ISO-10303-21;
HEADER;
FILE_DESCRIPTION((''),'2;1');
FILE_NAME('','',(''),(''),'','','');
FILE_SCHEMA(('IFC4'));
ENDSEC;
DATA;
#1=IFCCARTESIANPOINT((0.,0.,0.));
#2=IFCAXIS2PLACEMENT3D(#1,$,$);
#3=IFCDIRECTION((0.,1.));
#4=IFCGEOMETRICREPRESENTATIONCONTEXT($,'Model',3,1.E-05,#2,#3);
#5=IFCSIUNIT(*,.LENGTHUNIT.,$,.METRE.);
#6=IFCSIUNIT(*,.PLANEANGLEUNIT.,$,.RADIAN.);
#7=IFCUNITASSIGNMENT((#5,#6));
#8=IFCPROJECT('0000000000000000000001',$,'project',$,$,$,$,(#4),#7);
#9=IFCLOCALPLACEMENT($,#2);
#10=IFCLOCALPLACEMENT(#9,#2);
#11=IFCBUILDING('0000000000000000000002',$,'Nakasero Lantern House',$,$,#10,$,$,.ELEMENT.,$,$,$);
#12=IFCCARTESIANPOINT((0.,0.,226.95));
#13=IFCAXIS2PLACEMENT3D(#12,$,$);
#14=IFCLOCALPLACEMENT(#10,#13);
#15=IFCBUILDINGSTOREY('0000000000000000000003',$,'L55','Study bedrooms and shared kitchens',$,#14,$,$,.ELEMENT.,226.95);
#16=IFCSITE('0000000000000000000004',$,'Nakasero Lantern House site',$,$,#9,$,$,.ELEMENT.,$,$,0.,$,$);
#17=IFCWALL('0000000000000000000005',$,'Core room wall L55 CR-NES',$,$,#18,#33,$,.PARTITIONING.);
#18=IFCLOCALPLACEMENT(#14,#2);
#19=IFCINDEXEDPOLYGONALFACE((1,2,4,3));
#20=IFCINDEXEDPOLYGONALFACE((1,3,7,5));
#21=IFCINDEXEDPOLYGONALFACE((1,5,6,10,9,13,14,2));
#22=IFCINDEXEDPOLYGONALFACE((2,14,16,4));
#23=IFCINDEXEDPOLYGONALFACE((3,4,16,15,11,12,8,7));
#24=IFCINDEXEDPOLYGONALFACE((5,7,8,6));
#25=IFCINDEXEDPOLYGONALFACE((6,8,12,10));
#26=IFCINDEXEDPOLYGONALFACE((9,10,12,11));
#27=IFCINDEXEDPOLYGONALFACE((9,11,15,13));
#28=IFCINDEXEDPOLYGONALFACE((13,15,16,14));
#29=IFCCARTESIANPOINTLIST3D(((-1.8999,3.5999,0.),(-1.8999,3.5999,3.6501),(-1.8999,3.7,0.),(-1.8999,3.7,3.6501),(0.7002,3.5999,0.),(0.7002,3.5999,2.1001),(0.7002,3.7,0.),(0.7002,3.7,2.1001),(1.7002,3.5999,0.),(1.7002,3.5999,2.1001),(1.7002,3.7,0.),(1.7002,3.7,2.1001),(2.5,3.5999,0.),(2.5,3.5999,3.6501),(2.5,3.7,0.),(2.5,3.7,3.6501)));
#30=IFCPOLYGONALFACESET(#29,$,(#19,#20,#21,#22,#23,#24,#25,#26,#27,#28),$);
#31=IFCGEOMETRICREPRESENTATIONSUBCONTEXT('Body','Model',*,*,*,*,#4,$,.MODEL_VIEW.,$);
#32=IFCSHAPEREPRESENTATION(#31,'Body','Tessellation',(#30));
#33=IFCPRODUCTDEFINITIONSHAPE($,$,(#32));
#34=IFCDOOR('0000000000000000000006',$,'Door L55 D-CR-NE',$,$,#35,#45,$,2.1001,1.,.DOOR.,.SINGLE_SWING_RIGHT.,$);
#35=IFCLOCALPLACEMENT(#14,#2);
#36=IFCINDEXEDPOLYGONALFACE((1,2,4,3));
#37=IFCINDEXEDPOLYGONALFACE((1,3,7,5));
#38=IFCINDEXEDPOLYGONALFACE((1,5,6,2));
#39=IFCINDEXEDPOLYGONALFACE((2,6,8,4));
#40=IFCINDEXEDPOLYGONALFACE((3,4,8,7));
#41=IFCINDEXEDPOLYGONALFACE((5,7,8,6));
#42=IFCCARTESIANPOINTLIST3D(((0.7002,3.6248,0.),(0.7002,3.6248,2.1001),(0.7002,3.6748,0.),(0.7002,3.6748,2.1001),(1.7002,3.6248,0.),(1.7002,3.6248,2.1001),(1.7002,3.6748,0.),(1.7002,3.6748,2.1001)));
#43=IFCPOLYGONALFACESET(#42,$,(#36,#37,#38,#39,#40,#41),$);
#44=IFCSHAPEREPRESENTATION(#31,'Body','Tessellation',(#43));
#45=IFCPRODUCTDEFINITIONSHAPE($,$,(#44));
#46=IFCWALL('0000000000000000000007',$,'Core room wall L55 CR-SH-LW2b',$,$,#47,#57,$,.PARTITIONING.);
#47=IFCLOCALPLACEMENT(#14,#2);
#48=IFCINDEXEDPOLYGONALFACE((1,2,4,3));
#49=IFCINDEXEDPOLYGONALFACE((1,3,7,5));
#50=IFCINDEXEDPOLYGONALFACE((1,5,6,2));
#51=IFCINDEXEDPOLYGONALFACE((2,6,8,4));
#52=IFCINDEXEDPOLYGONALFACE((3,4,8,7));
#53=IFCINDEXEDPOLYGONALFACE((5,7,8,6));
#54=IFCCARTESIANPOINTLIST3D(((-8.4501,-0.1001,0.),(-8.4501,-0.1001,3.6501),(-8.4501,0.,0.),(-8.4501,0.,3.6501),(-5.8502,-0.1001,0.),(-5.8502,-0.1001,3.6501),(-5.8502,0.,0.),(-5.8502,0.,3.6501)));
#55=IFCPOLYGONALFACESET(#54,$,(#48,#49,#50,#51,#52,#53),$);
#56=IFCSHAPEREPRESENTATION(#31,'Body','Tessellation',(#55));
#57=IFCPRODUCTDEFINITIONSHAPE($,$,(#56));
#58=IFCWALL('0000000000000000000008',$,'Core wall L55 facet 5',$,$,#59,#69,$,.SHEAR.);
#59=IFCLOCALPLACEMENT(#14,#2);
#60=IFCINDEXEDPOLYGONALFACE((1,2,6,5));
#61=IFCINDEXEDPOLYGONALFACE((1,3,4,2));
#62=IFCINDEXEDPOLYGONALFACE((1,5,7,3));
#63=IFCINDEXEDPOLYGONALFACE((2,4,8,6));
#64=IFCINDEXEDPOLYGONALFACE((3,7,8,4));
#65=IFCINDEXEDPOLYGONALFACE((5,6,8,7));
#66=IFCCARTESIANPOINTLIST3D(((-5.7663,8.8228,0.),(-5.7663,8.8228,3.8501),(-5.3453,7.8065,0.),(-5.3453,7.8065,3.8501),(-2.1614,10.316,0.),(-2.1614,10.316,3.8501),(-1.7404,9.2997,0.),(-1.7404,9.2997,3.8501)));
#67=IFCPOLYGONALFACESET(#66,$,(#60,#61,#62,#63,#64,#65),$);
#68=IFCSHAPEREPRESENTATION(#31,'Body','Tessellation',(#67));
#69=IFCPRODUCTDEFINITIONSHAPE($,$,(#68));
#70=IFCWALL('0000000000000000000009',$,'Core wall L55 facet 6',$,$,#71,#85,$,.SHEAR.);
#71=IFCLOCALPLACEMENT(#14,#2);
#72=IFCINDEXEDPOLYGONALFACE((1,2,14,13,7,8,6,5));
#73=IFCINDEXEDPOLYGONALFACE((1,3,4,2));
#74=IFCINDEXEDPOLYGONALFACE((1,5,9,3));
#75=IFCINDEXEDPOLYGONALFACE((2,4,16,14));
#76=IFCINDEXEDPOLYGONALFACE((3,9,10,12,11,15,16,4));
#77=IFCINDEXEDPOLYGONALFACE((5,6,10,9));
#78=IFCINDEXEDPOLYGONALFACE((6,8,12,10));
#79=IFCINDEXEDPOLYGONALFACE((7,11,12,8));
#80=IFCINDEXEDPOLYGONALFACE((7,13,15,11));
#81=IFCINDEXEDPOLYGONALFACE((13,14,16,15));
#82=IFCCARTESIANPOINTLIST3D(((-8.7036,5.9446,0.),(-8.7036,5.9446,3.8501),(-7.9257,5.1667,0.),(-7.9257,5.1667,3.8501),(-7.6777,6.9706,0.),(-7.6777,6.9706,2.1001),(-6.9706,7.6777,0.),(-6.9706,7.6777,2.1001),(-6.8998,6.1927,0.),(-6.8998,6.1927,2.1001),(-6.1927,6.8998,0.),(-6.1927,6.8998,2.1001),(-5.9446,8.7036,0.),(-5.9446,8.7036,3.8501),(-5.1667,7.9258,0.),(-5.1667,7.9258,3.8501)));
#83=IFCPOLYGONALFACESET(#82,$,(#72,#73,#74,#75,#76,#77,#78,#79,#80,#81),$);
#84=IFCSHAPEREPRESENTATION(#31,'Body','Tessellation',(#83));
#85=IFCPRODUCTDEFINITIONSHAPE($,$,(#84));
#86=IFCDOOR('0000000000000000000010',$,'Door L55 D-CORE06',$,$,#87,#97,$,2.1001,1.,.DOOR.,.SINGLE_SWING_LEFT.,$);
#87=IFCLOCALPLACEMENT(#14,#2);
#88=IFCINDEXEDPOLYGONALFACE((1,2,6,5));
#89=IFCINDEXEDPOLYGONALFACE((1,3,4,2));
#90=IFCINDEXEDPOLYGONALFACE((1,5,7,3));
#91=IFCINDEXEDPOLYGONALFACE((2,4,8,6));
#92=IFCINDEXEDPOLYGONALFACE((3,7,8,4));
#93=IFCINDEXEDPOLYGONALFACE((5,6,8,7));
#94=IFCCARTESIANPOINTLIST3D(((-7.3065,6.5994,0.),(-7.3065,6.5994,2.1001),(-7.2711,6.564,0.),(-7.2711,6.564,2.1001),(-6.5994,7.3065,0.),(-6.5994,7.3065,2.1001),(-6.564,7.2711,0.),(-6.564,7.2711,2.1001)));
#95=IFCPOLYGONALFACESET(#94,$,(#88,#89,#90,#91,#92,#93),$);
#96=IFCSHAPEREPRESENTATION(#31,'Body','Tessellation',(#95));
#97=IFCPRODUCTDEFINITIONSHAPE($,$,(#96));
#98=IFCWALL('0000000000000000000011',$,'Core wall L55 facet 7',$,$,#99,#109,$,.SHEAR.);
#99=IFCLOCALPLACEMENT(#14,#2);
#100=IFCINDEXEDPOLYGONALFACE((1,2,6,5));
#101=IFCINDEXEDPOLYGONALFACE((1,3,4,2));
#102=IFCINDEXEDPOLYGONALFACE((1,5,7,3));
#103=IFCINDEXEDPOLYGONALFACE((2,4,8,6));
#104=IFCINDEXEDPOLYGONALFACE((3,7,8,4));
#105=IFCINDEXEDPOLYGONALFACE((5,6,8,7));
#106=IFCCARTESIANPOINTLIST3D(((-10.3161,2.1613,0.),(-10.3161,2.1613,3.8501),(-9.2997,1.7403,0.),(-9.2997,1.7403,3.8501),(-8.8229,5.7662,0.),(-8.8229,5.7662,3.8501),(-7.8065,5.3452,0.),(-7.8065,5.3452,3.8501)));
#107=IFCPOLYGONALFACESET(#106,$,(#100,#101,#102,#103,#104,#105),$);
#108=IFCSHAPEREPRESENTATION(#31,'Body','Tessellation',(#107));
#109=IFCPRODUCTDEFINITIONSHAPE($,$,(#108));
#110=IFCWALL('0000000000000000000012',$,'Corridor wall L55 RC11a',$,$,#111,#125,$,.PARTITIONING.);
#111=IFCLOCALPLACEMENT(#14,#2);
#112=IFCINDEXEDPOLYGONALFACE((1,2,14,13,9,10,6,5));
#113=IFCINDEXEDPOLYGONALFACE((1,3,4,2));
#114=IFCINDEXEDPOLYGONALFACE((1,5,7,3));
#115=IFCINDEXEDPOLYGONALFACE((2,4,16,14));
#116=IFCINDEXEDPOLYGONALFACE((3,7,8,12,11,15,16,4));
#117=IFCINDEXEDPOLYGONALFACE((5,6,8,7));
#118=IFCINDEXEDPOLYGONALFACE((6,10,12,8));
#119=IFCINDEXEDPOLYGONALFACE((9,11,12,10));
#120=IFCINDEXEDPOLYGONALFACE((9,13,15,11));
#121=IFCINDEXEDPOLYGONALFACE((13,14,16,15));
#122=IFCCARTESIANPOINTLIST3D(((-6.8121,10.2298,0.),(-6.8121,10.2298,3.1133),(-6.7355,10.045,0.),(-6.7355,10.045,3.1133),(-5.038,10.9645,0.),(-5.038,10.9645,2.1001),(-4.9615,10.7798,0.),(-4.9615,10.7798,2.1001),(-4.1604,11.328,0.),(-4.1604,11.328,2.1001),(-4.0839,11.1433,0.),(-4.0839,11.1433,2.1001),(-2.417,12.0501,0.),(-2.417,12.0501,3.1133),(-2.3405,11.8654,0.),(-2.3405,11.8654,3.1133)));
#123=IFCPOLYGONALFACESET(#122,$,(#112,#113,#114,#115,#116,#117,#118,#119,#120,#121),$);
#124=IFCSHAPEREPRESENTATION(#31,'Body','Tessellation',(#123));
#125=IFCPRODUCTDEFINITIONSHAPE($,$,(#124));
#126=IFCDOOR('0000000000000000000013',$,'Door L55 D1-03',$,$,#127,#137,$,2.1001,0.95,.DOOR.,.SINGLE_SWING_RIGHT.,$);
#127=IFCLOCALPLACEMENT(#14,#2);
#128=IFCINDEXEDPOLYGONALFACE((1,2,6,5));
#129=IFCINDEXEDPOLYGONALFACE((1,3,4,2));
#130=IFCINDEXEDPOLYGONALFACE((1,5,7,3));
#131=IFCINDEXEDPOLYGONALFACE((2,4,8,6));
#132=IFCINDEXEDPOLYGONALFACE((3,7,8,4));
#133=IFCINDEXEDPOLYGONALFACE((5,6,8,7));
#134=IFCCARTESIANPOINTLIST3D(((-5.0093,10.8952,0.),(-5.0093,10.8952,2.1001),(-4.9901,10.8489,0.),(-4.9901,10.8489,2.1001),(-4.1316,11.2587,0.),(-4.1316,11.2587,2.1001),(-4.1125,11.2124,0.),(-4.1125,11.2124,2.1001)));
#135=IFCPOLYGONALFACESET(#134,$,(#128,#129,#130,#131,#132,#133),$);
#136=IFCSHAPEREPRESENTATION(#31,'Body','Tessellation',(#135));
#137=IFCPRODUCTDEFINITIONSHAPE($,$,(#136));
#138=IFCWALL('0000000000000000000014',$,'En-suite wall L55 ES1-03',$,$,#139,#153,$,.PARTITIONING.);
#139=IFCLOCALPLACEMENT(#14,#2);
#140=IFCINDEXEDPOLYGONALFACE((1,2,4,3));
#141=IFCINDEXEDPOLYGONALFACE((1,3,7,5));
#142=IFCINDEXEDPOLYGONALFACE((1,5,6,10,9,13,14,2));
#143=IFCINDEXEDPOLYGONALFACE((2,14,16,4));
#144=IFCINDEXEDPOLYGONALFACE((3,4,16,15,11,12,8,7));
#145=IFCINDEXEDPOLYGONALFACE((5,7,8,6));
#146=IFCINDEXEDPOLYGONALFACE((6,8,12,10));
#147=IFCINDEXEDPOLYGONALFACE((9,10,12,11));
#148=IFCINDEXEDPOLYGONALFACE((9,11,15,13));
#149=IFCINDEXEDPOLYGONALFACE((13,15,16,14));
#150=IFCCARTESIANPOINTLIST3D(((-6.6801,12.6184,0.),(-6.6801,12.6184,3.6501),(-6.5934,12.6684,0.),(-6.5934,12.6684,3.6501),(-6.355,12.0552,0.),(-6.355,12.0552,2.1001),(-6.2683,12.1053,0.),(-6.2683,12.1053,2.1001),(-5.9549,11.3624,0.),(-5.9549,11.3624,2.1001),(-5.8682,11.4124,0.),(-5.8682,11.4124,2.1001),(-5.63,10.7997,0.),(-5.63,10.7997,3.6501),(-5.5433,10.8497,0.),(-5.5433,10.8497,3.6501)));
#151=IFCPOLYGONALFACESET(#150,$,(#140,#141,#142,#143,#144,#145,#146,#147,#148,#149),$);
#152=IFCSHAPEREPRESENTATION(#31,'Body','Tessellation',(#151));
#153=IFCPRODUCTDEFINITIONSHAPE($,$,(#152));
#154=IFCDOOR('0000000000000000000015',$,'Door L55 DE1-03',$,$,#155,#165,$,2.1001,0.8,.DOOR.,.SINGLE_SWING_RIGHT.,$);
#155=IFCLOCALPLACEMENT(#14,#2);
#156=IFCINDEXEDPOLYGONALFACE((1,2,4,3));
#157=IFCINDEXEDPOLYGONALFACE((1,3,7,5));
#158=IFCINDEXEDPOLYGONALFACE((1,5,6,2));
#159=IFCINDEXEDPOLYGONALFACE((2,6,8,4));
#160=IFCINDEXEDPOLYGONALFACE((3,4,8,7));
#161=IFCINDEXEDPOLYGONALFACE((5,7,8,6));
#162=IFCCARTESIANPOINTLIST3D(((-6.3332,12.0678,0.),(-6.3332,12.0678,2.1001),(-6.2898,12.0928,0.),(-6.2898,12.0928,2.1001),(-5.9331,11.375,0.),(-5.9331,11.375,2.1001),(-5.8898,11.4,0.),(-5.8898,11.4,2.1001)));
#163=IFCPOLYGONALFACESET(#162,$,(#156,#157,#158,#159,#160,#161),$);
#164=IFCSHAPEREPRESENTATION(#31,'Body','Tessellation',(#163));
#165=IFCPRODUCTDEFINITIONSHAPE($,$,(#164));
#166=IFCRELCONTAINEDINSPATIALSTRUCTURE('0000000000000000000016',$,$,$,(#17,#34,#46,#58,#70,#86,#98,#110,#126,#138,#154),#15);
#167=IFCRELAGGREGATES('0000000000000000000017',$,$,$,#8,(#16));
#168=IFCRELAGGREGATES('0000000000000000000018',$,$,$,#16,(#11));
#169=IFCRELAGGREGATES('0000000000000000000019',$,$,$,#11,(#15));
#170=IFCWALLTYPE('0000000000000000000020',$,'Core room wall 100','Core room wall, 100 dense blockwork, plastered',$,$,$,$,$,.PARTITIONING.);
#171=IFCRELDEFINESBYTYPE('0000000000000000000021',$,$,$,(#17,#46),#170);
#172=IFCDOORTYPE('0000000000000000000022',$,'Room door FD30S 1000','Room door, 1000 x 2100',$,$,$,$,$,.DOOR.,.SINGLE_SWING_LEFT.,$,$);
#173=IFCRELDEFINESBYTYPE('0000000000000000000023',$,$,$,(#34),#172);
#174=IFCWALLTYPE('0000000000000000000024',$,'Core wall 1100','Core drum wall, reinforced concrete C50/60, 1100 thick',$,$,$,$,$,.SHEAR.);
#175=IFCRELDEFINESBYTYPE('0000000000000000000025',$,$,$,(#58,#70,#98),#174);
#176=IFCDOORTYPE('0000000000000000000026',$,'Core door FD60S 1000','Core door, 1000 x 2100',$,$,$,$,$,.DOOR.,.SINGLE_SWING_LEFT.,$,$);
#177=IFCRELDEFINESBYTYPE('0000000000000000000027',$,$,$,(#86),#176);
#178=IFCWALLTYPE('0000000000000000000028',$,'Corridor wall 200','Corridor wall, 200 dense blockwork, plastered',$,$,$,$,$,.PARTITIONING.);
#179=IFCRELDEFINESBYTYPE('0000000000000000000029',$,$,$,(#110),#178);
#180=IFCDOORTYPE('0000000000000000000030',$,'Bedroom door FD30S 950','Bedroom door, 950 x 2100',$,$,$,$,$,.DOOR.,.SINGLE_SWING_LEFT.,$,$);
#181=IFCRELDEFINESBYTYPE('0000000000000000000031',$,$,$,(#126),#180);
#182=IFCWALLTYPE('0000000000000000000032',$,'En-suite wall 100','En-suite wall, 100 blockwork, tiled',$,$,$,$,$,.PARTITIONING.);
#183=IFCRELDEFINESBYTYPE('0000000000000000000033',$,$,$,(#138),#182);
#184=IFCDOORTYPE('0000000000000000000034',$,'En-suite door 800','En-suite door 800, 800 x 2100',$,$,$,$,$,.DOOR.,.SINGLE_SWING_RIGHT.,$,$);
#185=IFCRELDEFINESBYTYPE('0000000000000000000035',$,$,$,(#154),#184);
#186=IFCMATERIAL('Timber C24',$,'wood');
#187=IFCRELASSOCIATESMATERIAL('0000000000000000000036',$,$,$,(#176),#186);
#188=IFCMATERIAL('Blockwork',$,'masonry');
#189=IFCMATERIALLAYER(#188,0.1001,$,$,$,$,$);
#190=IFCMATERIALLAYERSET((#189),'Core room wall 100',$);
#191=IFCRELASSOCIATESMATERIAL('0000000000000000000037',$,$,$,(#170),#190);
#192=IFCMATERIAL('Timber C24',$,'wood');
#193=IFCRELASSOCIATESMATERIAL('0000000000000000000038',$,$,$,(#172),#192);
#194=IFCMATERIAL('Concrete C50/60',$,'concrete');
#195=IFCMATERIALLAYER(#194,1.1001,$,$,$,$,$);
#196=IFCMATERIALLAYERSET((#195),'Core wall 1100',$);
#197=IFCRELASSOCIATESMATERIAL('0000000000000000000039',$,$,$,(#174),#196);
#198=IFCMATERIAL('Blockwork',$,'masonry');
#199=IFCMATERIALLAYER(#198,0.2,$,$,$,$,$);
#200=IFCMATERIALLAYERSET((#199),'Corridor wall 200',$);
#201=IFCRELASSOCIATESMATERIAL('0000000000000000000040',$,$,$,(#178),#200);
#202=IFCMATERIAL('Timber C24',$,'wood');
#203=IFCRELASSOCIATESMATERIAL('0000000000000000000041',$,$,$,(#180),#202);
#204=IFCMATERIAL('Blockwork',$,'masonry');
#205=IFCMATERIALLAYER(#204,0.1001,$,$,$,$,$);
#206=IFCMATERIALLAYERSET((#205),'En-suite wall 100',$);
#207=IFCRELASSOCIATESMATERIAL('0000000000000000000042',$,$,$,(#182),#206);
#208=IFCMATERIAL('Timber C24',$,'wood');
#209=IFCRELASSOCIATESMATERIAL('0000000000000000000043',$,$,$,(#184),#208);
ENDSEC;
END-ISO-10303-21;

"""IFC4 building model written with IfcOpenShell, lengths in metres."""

from ifc_helpers import new_model, si_unit, direction, frame, frame_2d, origin, place, context, subcontext, project, spatial, rectangle, extrude, material, layer, layer_set, type_object, element, fill, save


model = new_model("IFC4")

# Units and contexts
model_context = context("Model", 3, precision=1e-05, world=origin(), true_north=direction((0.0, 1.0)))
body_context = subcontext(model_context, "Body", "Model", "MODEL_VIEW")
ifc_project = project(units=[si_unit("LENGTHUNIT", "METRE"), si_unit("PLANEANGLEUNIT", "RADIAN")], contexts=[model_context])

# Site, building, storey
site_placement = place(None, origin())
site = spatial("IfcSite", under=ifc_project, at=site_placement, Name="Nakasero Lantern House site", CompositionType="ELEMENT", RefElevation=0.0)
building_placement = place(site_placement, origin())
building = spatial("IfcBuilding", under=site, at=building_placement, Name="Nakasero Lantern House", CompositionType="ELEMENT")
storey_placement = place(building_placement, frame((0.0, 0.0, 226.95)))
storey = spatial("IfcBuildingStorey", under=building, at=storey_placement, Name="L55", Description="Study bedrooms and shared kitchens", CompositionType="ELEMENT", Elevation=226.95)

# Shared definitions
ifc_material_1 = material(Name="Timber C24", Category="wood")
door_type_1 = type_object("IfcDoorType", Name="Core door FD60S 1000", Description="Core door, 1000 x 2100", OperationType="SINGLE_SWING_LEFT", PredefinedType="DOOR", material=ifc_material_1)

# Wall, opening, door
ifc_material_2 = material(Name="Blockwork", Category="masonry")
ifc_layer_1 = layer(ifc_material_2, 0.1001)
ifc_layer_set_1 = layer_set([ifc_layer_1], Name="Core room wall 100")
wall_type_1 = type_object("IfcWallType", Name="Core room wall 100", Description="Core room wall, 100 dense blockwork, plastered", PredefinedType="PARTITIONING", material=ifc_layer_set_1)
wall_1_placement = place(storey_placement, frame((-1.8999, 3.6499, 0.0), z_axis=(0.0, 0.0, 1.0), x_axis=(1.0, 0.0, 0.0)))
wall_1 = element("IfcWall", 1, at=wall_1_placement, inside=storey, type_object=wall_type_1, Name="Core room wall L55 CR-NES", PredefinedType="PARTITIONING", context=body_context, shape_type="SweptSolid", body=[
    extrude(rectangle(XDim=4.3999, YDim=0.1001, at=frame_2d((2.2, 0.0))), origin(), (0.0, 0.0, 1.0), 3.6501),
])
opening_1_placement = place(wall_1_placement, frame((2.6001, 0.0, 0.0)))
opening_1 = element("IfcOpeningElement", 2, at=opening_1_placement, cuts=wall_1, PredefinedType="OPENING", context=body_context, shape_type="SweptSolid", body=[
    extrude(rectangle(XDim=1.0, YDim=2.1001, at=frame_2d((0.5, 1.05))), frame((0.0, 0.0701, 0.0), z_axis=(0.0, -1.0, 0.0), x_axis=(1.0, 0.0, 0.0)), (0.0, 0.0, 1.0), 0.1401),
])
ifc_material_3 = material(Name="Timber C24", Category="wood")
door_type_2 = type_object("IfcDoorType", Name="Room door FD30S 1000", Description="Room door, 1000 x 2100", OperationType="SINGLE_SWING_LEFT", PredefinedType="DOOR", material=ifc_material_3)
door_1_placement = place(opening_1_placement, origin())
door_1 = element("IfcDoor", 3, at=door_1_placement, inside=storey, type_object=door_type_2, Name="Door L55 D-CR-NE", OperationType="SINGLE_SWING_RIGHT", OverallHeight=2.1001, OverallWidth=1.0, PredefinedType="DOOR", context=body_context, shape_type="SweptSolid", body=[
    extrude(rectangle(XDim=1.0, YDim=2.1001, at=frame_2d((0.5, 1.05))), frame((0.0, 0.0249, 0.0), z_axis=(0.0, -1.0, 0.0), x_axis=(1.0, 0.0, 0.0)), (0.0, 0.0, 1.0), 0.05),
])
fill(opening_1, door_1)

# Walls
wall_2_placement = place(storey_placement, frame((-8.45, -0.05, 0.0), z_axis=(0.0, 0.0, 1.0), x_axis=(1.0, 0.0, 0.0)))
element("IfcWall", 4, at=wall_2_placement, inside=storey, type_object=wall_type_1, Name="Core room wall L55 CR-SH-LW2b", PredefinedType="PARTITIONING", context=body_context, shape_type="SweptSolid", body=[
    extrude(rectangle(XDim=2.5999, YDim=0.1001, at=frame_2d((1.2998, 0.0))), origin(), (0.0, 0.0, 1.0), 3.6501),
])
ifc_material_4 = material(Name="Concrete C50/60", Category="concrete")
ifc_layer_2 = layer(ifc_material_4, 1.1001)
ifc_layer_set_2 = layer_set([ifc_layer_2], Name="Core wall 1100")
wall_type_2 = type_object("IfcWallType", Name="Core wall 1100", Description="Core drum wall, reinforced concrete C50/60, 1100 thick", PredefinedType="SHEAR", material=ifc_layer_set_2)
wall_3_placement = place(storey_placement, frame((-1.9509, 9.8079, 0.0), z_axis=(0.0, 0.0, 1.0), x_axis=(-0.923877, -0.382691, 0.0)))
element("IfcWall", 5, at=wall_3_placement, inside=storey, type_object=wall_type_2, Name="Core wall L55 facet 5", PredefinedType="SHEAR", context=body_context, shape_type="SweptSolid", body=[
    extrude(rectangle(XDim=3.9019, YDim=1.1001, at=frame_2d((1.9509, 0.0))), origin(), (0.0, 0.0, 1.0), 3.8501),
])

# Wall, opening, door
wall_4_placement = place(storey_placement, frame((-5.5557, 8.3147, 0.0), z_axis=(0.0, 0.0, 1.0), x_axis=(-0.707107, -0.707107, 0.0)))
wall_4 = element("IfcWall", 6, at=wall_4_placement, inside=storey, type_object=wall_type_2, Name="Core wall L55 facet 6", PredefinedType="SHEAR", context=body_context, shape_type="SweptSolid", body=[
    extrude(rectangle(XDim=3.9019, YDim=1.1001, at=frame_2d((1.9509, 0.0))), origin(), (0.0, 0.0, 1.0), 3.8501),
])
opening_2_placement = place(wall_4_placement, frame((1.4509, 0.0, 0.0)))
opening_2 = element("IfcOpeningElement", 7, at=opening_2_placement, cuts=wall_4, PredefinedType="OPENING", context=body_context, shape_type="SweptSolid", body=[
    extrude(rectangle(XDim=1.0, YDim=2.1001, at=frame_2d((0.5, 1.05))), frame((0.0, 0.5701, 0.0), z_axis=(0.0, -1.0, 0.0), x_axis=(1.0, 0.0, 0.0)), (0.0, 0.0, 1.0), 1.1401),
])
door_2_placement = place(opening_2_placement, origin())
door_2 = element("IfcDoor", 8, at=door_2_placement, inside=storey, type_object=door_type_1, Name="Door L55 D-CORE06", OperationType="SINGLE_SWING_LEFT", OverallHeight=2.1001, OverallWidth=1.0, PredefinedType="DOOR", context=body_context, shape_type="SweptSolid", body=[
    extrude(rectangle(XDim=1.0, YDim=2.1001, at=frame_2d((0.5, 1.05))), frame((0.0, 0.0249, 0.0), z_axis=(0.0, -1.0, 0.0), x_axis=(1.0, 0.0, 0.0)), (0.0, 0.0, 1.0), 0.05),
])
fill(opening_2, door_2)

# Wall
wall_5_placement = place(storey_placement, frame((-8.3147, 5.5557, 0.0), z_axis=(0.0, 0.0, 1.0), x_axis=(-0.382691, -0.923877, 0.0)))
element("IfcWall", 9, at=wall_5_placement, inside=storey, type_object=wall_type_2, Name="Core wall L55 facet 7", PredefinedType="SHEAR", context=body_context, shape_type="SweptSolid", body=[
    extrude(rectangle(XDim=3.9019, YDim=1.1001, at=frame_2d((1.9509, 0.0))), origin(), (0.0, 0.0, 1.0), 3.8501),
])

# Walls, openings, doors
ifc_material_5 = material(Name="Blockwork", Category="masonry")
ifc_layer_3 = layer(ifc_material_5, 0.2)
ifc_layer_set_3 = layer_set([ifc_layer_3], Name="Corridor wall 200")
wall_type_3 = type_object("IfcWallType", Name="Corridor wall 200", Description="Corridor wall, 200 dense blockwork, plastered", PredefinedType="PARTITIONING", material=ifc_layer_set_3)
wall_6_placement = place(storey_placement, frame((-6.7737, 10.1375, 0.0), z_axis=(0.0, 0.0, 1.0), x_axis=(0.923892, 0.382654, 0.0)))
wall_6 = element("IfcWall", 10, at=wall_6_placement, inside=storey, type_object=wall_type_3, Name="Corridor wall L55 RC11a", PredefinedType="PARTITIONING", context=body_context, shape_type="SweptSolid", body=[
    extrude(rectangle(XDim=4.7571, YDim=0.2, at=frame_2d((2.3784, 0.0))), origin(), (0.0, 0.0, 1.0), 3.1133),
])
opening_3_placement = place(wall_6_placement, frame((1.9199, 0.0, 0.0)))
opening_3 = element("IfcOpeningElement", 11, at=opening_3_placement, cuts=wall_6, PredefinedType="OPENING", context=body_context, shape_type="SweptSolid", body=[
    extrude(rectangle(XDim=0.95, YDim=2.1001, at=frame_2d((0.4751, 1.05))), frame((0.0, 0.1199, 0.0), z_axis=(0.0, -1.0, 0.0), x_axis=(1.0, 0.0, 0.0)), (0.0, 0.0, 1.0), 0.24),
])
ifc_material_6 = material(Name="Timber C24", Category="wood")
door_type_3 = type_object("IfcDoorType", Name="Bedroom door FD30S 950", Description="Bedroom door, 950 x 2100", OperationType="SINGLE_SWING_LEFT", PredefinedType="DOOR", material=ifc_material_6)
door_3_placement = place(opening_3_placement, origin())
door_3 = element("IfcDoor", 12, at=door_3_placement, inside=storey, type_object=door_type_3, Name="Door L55 D1-03", OperationType="SINGLE_SWING_RIGHT", OverallHeight=2.1001, OverallWidth=0.95, PredefinedType="DOOR", context=body_context, shape_type="SweptSolid", body=[
    extrude(rectangle(XDim=0.95, YDim=2.1001, at=frame_2d((0.4751, 1.05))), frame((0.0, 0.0249, 0.0), z_axis=(0.0, -1.0, 0.0), x_axis=(1.0, 0.0, 0.0)), (0.0, 0.0, 1.0), 0.05),
])
fill(opening_3, door_3)
ifc_material_7 = material(Name="Blockwork", Category="masonry")
ifc_layer_4 = layer(ifc_material_7, 0.1001)
ifc_layer_set_4 = layer_set([ifc_layer_4], Name="En-suite wall 100")
wall_type_4 = type_object("IfcWallType", Name="En-suite wall 100", Description="En-suite wall, 100 blockwork, tiled", PredefinedType="PARTITIONING", material=ifc_layer_set_4)
wall_7_placement = place(storey_placement, frame((-5.5867, 10.8247, 0.0), z_axis=(0.0, 0.0, 1.0), x_axis=(-0.500028, 0.866009, 0.0)))
wall_7 = element("IfcWall", 13, at=wall_7_placement, inside=storey, type_object=wall_type_4, Name="En-suite wall L55 ES1-03", PredefinedType="PARTITIONING", context=body_context, shape_type="SweptSolid", body=[
    extrude(rectangle(XDim=2.1001, YDim=0.1001, at=frame_2d((1.05, 0.0))), origin(), (0.0, 0.0, 1.0), 3.6501),
])
opening_4_placement = place(wall_7_placement, frame((0.6499, 0.0, 0.0)))
opening_4 = element("IfcOpeningElement", 14, at=opening_4_placement, cuts=wall_7, PredefinedType="OPENING", context=body_context, shape_type="SweptSolid", body=[
    extrude(rectangle(XDim=0.8, YDim=2.1001, at=frame_2d((0.3999, 1.05))), frame((0.0, 0.0701, 0.0), z_axis=(0.0, -1.0, 0.0), x_axis=(1.0, 0.0, 0.0)), (0.0, 0.0, 1.0), 0.1401),
])
ifc_material_8 = material(Name="Timber C24", Category="wood")
door_type_4 = type_object("IfcDoorType", Name="En-suite door 800", Description="En-suite door 800, 800 x 2100", OperationType="SINGLE_SWING_RIGHT", PredefinedType="DOOR", material=ifc_material_8)
door_4_placement = place(opening_4_placement, origin())
door_4 = element("IfcDoor", 15, at=door_4_placement, inside=storey, type_object=door_type_4, Name="Door L55 DE1-03", OperationType="SINGLE_SWING_RIGHT", OverallHeight=2.1001, OverallWidth=0.8, PredefinedType="DOOR", context=body_context, shape_type="SweptSolid", body=[
    extrude(rectangle(XDim=0.8, YDim=2.1001, at=frame_2d((0.3999, 1.05))), frame((0.0, 0.0249, 0.0), z_axis=(0.0, -1.0, 0.0), x_axis=(1.0, 0.0, 0.0)), (0.0, 0.0, 1.0), 0.05),
])
fill(opening_4, door_4)

save(model, "model.ifc")
